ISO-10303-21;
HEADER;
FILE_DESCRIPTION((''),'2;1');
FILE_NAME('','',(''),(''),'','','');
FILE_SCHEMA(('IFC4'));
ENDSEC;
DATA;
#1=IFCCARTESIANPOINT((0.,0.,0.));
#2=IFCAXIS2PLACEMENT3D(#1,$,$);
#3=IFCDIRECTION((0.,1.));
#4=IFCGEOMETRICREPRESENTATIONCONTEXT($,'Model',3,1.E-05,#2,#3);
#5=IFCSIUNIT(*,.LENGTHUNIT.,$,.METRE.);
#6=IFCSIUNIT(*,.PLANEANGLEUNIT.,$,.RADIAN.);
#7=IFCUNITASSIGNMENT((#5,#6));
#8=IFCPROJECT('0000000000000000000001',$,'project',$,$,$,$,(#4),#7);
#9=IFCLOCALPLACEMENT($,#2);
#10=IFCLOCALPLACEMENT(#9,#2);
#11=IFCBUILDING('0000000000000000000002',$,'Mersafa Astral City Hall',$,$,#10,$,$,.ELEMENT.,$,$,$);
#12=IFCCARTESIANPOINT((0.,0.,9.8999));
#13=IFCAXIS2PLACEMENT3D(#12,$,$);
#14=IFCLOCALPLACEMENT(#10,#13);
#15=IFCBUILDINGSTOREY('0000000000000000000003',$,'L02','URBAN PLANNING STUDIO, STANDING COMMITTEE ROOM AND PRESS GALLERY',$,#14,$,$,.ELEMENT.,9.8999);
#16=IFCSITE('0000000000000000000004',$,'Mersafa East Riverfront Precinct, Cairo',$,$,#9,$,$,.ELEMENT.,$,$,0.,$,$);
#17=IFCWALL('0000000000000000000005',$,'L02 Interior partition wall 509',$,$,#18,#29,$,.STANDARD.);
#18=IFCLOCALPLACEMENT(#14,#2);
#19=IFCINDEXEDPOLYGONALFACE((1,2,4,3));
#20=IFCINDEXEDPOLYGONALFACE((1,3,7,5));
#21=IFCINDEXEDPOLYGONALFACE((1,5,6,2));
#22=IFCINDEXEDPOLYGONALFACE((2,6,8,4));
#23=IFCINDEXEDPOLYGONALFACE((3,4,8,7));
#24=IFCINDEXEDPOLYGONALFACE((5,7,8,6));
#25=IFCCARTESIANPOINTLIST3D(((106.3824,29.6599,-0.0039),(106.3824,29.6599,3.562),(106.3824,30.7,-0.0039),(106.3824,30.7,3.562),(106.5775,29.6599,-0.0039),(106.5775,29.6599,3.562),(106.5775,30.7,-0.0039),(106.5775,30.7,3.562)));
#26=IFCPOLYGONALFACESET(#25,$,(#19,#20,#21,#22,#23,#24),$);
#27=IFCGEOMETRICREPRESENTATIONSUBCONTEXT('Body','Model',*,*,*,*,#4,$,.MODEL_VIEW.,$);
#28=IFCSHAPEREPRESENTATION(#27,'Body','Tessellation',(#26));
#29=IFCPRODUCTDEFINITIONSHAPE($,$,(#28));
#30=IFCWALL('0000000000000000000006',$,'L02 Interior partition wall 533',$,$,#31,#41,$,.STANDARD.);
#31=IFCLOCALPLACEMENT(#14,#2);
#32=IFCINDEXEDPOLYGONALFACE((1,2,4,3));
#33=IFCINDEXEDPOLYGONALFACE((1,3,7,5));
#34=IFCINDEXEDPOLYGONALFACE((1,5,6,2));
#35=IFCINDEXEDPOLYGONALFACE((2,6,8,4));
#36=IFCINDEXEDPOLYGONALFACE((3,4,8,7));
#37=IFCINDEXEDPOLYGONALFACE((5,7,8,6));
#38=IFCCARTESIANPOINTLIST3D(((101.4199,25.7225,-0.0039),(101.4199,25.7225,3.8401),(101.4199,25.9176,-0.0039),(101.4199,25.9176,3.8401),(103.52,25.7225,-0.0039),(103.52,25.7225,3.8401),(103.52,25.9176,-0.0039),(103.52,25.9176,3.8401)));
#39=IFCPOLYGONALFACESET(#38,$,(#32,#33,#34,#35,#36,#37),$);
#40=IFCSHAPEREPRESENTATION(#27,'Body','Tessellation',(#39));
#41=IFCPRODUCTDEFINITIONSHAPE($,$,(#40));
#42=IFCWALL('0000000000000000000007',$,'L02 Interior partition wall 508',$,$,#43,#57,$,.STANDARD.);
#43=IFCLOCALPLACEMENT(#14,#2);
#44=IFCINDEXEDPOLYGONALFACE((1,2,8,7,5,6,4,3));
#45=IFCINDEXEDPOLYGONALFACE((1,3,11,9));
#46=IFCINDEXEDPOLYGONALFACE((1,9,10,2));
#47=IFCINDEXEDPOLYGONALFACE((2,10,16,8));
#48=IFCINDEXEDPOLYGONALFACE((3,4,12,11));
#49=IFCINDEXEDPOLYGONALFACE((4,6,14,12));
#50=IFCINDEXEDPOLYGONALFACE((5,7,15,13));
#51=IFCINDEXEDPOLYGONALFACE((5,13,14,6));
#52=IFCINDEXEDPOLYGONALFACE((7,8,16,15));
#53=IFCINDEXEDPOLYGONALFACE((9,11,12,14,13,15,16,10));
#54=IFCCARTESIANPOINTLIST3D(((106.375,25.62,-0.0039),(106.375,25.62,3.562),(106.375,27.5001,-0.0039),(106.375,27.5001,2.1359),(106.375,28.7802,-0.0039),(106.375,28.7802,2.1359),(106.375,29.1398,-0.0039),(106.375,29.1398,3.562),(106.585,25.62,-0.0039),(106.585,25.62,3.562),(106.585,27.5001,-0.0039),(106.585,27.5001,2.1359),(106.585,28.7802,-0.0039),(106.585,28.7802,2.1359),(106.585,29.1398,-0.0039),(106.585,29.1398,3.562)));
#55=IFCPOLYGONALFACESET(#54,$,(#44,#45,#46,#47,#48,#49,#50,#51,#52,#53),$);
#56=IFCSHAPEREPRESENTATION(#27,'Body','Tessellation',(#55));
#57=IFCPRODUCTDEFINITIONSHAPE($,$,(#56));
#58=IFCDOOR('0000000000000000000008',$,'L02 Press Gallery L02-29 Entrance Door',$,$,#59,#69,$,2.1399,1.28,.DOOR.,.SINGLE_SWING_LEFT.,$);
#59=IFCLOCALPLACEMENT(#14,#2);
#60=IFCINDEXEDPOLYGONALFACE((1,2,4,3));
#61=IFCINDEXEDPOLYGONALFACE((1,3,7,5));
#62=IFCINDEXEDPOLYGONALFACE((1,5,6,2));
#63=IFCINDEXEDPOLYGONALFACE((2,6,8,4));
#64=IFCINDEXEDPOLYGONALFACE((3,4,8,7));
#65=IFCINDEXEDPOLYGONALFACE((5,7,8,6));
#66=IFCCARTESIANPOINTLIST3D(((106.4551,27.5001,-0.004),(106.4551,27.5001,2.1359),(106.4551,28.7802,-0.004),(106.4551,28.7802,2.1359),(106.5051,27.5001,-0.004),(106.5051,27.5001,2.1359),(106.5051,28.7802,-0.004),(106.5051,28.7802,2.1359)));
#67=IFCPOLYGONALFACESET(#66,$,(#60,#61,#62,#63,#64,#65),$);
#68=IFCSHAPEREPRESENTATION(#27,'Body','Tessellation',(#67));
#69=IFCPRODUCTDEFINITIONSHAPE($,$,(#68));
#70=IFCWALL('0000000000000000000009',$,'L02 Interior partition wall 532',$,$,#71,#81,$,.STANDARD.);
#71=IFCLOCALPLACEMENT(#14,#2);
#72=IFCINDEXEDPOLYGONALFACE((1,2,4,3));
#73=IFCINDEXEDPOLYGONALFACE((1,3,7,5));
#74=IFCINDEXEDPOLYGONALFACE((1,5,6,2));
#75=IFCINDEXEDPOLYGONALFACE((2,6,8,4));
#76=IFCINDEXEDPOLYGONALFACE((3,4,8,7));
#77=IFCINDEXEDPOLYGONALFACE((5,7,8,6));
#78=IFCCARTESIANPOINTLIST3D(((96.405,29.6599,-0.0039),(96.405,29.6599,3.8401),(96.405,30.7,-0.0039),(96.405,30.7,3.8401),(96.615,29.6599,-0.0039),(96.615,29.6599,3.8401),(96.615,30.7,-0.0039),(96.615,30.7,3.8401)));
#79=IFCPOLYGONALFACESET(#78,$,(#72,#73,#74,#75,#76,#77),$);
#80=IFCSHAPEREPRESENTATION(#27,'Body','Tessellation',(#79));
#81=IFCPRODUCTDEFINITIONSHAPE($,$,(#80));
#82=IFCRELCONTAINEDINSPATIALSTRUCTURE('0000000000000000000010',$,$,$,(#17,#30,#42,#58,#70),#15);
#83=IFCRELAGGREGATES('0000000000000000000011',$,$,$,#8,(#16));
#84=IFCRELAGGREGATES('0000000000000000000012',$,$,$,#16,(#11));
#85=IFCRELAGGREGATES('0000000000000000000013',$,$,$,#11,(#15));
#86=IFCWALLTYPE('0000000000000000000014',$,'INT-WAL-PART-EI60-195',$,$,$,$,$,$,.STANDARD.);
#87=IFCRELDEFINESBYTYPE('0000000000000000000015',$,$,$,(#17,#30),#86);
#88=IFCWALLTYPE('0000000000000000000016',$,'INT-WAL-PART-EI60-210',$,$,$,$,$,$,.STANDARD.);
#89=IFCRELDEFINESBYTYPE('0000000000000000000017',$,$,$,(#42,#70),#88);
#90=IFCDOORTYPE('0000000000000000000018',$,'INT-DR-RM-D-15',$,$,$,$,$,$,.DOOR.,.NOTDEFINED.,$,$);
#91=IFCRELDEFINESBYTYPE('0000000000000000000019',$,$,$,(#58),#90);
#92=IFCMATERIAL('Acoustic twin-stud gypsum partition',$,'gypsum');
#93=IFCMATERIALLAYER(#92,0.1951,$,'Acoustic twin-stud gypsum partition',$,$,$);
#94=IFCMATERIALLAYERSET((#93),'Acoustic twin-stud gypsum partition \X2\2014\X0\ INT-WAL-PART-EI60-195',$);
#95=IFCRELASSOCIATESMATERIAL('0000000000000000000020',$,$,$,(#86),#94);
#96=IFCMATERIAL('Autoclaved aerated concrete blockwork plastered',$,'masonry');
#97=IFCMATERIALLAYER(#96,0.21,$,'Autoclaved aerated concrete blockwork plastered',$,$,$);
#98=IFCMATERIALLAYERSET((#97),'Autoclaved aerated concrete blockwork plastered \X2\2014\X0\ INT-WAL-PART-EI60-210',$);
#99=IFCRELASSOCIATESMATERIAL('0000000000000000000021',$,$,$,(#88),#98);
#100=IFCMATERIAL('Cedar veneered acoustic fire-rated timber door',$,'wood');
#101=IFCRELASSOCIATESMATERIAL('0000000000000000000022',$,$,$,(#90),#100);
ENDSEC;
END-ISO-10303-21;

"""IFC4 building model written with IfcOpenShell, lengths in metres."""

from ifc_helpers import new_model, si_unit, direction, frame, frame_2d, origin, place, context, subcontext, project, spatial, rectangle, extrude, material, layer, layer_set, type_object, element, fill, save


model = new_model("IFC4")

# Units and contexts
model_context = context("Model", 3, precision=1e-05, world=origin(), true_north=direction((0.0, 1.0)))
body_context = subcontext(model_context, "Body", "Model", "MODEL_VIEW")
ifc_project = project(units=[si_unit("LENGTHUNIT", "METRE"), si_unit("PLANEANGLEUNIT", "RADIAN")], contexts=[model_context])

# Site, building, storey
site_placement = place(None, origin())
site = spatial("IfcSite", under=ifc_project, at=site_placement, Name="Mersafa East Riverfront Precinct, Cairo", CompositionType="ELEMENT", RefElevation=0.0)
building_placement = place(site_placement, origin())
building = spatial("IfcBuilding", under=site, at=building_placement, Name="Mersafa Astral City Hall", CompositionType="ELEMENT")
storey_placement = place(building_placement, frame((0.0, 0.0, 9.8999)))
storey = spatial("IfcBuildingStorey", under=building, at=storey_placement, Name="L02", Description="URBAN PLANNING STUDIO, STANDING COMMITTEE ROOM AND PRESS GALLERY", CompositionType="ELEMENT", Elevation=9.8999)

# Shared definitions
ifc_material_1 = material(Name="Cedar veneered acoustic fire-rated timber door", Category="wood")

# Shared definitions
ifc_material_2 = material(Name="Acoustic twin-stud gypsum partition", Category="gypsum")
ifc_layer_1 = layer(ifc_material_2, 0.1951, Name="Acoustic twin-stud gypsum partition")
ifc_layer_set_1 = layer_set([ifc_layer_1], Name="Acoustic twin-stud gypsum partition — INT-WAL-PART-EI60-195")
wall_type_1 = type_object("IfcWallType", Name="INT-WAL-PART-EI60-195", PredefinedType="STANDARD", material=ifc_layer_set_1)

# Walls
wall_1_placement = place(storey_placement, frame((106.48, 29.6599, -0.0039), z_axis=(0.0, 0.0, 1.0), x_axis=(0.0, 1.0, 0.0)))
element("IfcWall", 1, at=wall_1_placement, inside=storey, type_object=wall_type_1, Name="L02 Interior partition wall 509", PredefinedType="STANDARD", context=body_context, shape_type="SweptSolid", body=[
    extrude(rectangle(XDim=1.04, YDim=0.1951, at=frame_2d((0.52, 0.0))), origin(), (0.0, 0.0, 1.0), 3.5659),
])
wall_2_placement = place(storey_placement, frame((101.4199, 25.8201, -0.0039), z_axis=(0.0, 0.0, 1.0), x_axis=(1.0, 0.0, 0.0)))
element("IfcWall", 2, at=wall_2_placement, inside=storey, type_object=wall_type_1, Name="L02 Interior partition wall 533", PredefinedType="STANDARD", context=body_context, shape_type="SweptSolid", body=[
    extrude(rectangle(XDim=2.1001, YDim=0.1951, at=frame_2d((1.05, 0.0))), origin(), (0.0, 0.0, 1.0), 3.844),
])

# Wall, opening, door
ifc_material_3 = material(Name="Autoclaved aerated concrete blockwork plastered", Category="masonry")
ifc_layer_2 = layer(ifc_material_3, 0.21, Name="Autoclaved aerated concrete blockwork plastered")
ifc_layer_set_2 = layer_set([ifc_layer_2], Name="Autoclaved aerated concrete blockwork plastered — INT-WAL-PART-EI60-210")
wall_type_2 = type_object("IfcWallType", Name="INT-WAL-PART-EI60-210", PredefinedType="STANDARD", material=ifc_layer_set_2)
wall_3_placement = place(storey_placement, frame((106.48, 25.6201, -0.0039), z_axis=(0.0, 0.0, 1.0), x_axis=(0.0, 1.0, 0.0)))
wall_3 = element("IfcWall", 3, at=wall_3_placement, inside=storey, type_object=wall_type_2, Name="L02 Interior partition wall 508", PredefinedType="STANDARD", context=body_context, shape_type="SweptSolid", body=[
    extrude(rectangle(XDim=3.5198, YDim=0.21, at=frame_2d((1.7598, 0.0))), origin(), (0.0, 0.0, 1.0), 3.5659),
])
opening_1_placement = place(wall_3_placement, frame((1.8799, 0.0, 0.0)))
opening_1 = element("IfcOpeningElement", 4, at=opening_1_placement, cuts=wall_3, PredefinedType="OPENING", context=body_context, shape_type="SweptSolid", body=[
    extrude(rectangle(XDim=1.28, YDim=2.1399, at=frame_2d((0.6401, 1.0698))), frame((0.0, 0.115, 0.0), z_axis=(0.0, -1.0, 0.0), x_axis=(1.0, 0.0, 0.0)), (0.0, 0.0, 1.0), 0.23),
])
door_type_1 = type_object("IfcDoorType", Name="INT-DR-RM-D-15", OperationType="NOTDEFINED", PredefinedType="DOOR", material=ifc_material_1)
door_1_placement = place(opening_1_placement, origin())
door_1 = element("IfcDoor", 5, at=door_1_placement, inside=storey, type_object=door_type_1, Name="L02 Press Gallery L02-29 Entrance Door", OperationType="SINGLE_SWING_LEFT", OverallHeight=2.1399, OverallWidth=1.28, PredefinedType="DOOR", context=body_context, shape_type="SweptSolid", body=[
    extrude(rectangle(XDim=1.28, YDim=2.1399, at=frame_2d((0.6401, 1.0698))), frame((0.0, 0.0249, 0.0), z_axis=(0.0, -1.0, 0.0), x_axis=(1.0, 0.0, 0.0)), (0.0, 0.0, 1.0), 0.05),
])
fill(opening_1, door_1)

# Wall
wall_4_placement = place(storey_placement, frame((96.51, 30.7, -0.0039), z_axis=(0.0, 0.0, 1.0), x_axis=(0.0, -1.0, 0.0)))
element("IfcWall", 6, at=wall_4_placement, inside=storey, type_object=wall_type_2, Name="L02 Interior partition wall 532", PredefinedType="STANDARD", context=body_context, shape_type="SweptSolid", body=[
    extrude(rectangle(XDim=1.04, YDim=0.21, at=frame_2d((0.52, 0.0))), origin(), (0.0, 0.0, 1.0), 3.844),
])

save(model, "model.ifc")
